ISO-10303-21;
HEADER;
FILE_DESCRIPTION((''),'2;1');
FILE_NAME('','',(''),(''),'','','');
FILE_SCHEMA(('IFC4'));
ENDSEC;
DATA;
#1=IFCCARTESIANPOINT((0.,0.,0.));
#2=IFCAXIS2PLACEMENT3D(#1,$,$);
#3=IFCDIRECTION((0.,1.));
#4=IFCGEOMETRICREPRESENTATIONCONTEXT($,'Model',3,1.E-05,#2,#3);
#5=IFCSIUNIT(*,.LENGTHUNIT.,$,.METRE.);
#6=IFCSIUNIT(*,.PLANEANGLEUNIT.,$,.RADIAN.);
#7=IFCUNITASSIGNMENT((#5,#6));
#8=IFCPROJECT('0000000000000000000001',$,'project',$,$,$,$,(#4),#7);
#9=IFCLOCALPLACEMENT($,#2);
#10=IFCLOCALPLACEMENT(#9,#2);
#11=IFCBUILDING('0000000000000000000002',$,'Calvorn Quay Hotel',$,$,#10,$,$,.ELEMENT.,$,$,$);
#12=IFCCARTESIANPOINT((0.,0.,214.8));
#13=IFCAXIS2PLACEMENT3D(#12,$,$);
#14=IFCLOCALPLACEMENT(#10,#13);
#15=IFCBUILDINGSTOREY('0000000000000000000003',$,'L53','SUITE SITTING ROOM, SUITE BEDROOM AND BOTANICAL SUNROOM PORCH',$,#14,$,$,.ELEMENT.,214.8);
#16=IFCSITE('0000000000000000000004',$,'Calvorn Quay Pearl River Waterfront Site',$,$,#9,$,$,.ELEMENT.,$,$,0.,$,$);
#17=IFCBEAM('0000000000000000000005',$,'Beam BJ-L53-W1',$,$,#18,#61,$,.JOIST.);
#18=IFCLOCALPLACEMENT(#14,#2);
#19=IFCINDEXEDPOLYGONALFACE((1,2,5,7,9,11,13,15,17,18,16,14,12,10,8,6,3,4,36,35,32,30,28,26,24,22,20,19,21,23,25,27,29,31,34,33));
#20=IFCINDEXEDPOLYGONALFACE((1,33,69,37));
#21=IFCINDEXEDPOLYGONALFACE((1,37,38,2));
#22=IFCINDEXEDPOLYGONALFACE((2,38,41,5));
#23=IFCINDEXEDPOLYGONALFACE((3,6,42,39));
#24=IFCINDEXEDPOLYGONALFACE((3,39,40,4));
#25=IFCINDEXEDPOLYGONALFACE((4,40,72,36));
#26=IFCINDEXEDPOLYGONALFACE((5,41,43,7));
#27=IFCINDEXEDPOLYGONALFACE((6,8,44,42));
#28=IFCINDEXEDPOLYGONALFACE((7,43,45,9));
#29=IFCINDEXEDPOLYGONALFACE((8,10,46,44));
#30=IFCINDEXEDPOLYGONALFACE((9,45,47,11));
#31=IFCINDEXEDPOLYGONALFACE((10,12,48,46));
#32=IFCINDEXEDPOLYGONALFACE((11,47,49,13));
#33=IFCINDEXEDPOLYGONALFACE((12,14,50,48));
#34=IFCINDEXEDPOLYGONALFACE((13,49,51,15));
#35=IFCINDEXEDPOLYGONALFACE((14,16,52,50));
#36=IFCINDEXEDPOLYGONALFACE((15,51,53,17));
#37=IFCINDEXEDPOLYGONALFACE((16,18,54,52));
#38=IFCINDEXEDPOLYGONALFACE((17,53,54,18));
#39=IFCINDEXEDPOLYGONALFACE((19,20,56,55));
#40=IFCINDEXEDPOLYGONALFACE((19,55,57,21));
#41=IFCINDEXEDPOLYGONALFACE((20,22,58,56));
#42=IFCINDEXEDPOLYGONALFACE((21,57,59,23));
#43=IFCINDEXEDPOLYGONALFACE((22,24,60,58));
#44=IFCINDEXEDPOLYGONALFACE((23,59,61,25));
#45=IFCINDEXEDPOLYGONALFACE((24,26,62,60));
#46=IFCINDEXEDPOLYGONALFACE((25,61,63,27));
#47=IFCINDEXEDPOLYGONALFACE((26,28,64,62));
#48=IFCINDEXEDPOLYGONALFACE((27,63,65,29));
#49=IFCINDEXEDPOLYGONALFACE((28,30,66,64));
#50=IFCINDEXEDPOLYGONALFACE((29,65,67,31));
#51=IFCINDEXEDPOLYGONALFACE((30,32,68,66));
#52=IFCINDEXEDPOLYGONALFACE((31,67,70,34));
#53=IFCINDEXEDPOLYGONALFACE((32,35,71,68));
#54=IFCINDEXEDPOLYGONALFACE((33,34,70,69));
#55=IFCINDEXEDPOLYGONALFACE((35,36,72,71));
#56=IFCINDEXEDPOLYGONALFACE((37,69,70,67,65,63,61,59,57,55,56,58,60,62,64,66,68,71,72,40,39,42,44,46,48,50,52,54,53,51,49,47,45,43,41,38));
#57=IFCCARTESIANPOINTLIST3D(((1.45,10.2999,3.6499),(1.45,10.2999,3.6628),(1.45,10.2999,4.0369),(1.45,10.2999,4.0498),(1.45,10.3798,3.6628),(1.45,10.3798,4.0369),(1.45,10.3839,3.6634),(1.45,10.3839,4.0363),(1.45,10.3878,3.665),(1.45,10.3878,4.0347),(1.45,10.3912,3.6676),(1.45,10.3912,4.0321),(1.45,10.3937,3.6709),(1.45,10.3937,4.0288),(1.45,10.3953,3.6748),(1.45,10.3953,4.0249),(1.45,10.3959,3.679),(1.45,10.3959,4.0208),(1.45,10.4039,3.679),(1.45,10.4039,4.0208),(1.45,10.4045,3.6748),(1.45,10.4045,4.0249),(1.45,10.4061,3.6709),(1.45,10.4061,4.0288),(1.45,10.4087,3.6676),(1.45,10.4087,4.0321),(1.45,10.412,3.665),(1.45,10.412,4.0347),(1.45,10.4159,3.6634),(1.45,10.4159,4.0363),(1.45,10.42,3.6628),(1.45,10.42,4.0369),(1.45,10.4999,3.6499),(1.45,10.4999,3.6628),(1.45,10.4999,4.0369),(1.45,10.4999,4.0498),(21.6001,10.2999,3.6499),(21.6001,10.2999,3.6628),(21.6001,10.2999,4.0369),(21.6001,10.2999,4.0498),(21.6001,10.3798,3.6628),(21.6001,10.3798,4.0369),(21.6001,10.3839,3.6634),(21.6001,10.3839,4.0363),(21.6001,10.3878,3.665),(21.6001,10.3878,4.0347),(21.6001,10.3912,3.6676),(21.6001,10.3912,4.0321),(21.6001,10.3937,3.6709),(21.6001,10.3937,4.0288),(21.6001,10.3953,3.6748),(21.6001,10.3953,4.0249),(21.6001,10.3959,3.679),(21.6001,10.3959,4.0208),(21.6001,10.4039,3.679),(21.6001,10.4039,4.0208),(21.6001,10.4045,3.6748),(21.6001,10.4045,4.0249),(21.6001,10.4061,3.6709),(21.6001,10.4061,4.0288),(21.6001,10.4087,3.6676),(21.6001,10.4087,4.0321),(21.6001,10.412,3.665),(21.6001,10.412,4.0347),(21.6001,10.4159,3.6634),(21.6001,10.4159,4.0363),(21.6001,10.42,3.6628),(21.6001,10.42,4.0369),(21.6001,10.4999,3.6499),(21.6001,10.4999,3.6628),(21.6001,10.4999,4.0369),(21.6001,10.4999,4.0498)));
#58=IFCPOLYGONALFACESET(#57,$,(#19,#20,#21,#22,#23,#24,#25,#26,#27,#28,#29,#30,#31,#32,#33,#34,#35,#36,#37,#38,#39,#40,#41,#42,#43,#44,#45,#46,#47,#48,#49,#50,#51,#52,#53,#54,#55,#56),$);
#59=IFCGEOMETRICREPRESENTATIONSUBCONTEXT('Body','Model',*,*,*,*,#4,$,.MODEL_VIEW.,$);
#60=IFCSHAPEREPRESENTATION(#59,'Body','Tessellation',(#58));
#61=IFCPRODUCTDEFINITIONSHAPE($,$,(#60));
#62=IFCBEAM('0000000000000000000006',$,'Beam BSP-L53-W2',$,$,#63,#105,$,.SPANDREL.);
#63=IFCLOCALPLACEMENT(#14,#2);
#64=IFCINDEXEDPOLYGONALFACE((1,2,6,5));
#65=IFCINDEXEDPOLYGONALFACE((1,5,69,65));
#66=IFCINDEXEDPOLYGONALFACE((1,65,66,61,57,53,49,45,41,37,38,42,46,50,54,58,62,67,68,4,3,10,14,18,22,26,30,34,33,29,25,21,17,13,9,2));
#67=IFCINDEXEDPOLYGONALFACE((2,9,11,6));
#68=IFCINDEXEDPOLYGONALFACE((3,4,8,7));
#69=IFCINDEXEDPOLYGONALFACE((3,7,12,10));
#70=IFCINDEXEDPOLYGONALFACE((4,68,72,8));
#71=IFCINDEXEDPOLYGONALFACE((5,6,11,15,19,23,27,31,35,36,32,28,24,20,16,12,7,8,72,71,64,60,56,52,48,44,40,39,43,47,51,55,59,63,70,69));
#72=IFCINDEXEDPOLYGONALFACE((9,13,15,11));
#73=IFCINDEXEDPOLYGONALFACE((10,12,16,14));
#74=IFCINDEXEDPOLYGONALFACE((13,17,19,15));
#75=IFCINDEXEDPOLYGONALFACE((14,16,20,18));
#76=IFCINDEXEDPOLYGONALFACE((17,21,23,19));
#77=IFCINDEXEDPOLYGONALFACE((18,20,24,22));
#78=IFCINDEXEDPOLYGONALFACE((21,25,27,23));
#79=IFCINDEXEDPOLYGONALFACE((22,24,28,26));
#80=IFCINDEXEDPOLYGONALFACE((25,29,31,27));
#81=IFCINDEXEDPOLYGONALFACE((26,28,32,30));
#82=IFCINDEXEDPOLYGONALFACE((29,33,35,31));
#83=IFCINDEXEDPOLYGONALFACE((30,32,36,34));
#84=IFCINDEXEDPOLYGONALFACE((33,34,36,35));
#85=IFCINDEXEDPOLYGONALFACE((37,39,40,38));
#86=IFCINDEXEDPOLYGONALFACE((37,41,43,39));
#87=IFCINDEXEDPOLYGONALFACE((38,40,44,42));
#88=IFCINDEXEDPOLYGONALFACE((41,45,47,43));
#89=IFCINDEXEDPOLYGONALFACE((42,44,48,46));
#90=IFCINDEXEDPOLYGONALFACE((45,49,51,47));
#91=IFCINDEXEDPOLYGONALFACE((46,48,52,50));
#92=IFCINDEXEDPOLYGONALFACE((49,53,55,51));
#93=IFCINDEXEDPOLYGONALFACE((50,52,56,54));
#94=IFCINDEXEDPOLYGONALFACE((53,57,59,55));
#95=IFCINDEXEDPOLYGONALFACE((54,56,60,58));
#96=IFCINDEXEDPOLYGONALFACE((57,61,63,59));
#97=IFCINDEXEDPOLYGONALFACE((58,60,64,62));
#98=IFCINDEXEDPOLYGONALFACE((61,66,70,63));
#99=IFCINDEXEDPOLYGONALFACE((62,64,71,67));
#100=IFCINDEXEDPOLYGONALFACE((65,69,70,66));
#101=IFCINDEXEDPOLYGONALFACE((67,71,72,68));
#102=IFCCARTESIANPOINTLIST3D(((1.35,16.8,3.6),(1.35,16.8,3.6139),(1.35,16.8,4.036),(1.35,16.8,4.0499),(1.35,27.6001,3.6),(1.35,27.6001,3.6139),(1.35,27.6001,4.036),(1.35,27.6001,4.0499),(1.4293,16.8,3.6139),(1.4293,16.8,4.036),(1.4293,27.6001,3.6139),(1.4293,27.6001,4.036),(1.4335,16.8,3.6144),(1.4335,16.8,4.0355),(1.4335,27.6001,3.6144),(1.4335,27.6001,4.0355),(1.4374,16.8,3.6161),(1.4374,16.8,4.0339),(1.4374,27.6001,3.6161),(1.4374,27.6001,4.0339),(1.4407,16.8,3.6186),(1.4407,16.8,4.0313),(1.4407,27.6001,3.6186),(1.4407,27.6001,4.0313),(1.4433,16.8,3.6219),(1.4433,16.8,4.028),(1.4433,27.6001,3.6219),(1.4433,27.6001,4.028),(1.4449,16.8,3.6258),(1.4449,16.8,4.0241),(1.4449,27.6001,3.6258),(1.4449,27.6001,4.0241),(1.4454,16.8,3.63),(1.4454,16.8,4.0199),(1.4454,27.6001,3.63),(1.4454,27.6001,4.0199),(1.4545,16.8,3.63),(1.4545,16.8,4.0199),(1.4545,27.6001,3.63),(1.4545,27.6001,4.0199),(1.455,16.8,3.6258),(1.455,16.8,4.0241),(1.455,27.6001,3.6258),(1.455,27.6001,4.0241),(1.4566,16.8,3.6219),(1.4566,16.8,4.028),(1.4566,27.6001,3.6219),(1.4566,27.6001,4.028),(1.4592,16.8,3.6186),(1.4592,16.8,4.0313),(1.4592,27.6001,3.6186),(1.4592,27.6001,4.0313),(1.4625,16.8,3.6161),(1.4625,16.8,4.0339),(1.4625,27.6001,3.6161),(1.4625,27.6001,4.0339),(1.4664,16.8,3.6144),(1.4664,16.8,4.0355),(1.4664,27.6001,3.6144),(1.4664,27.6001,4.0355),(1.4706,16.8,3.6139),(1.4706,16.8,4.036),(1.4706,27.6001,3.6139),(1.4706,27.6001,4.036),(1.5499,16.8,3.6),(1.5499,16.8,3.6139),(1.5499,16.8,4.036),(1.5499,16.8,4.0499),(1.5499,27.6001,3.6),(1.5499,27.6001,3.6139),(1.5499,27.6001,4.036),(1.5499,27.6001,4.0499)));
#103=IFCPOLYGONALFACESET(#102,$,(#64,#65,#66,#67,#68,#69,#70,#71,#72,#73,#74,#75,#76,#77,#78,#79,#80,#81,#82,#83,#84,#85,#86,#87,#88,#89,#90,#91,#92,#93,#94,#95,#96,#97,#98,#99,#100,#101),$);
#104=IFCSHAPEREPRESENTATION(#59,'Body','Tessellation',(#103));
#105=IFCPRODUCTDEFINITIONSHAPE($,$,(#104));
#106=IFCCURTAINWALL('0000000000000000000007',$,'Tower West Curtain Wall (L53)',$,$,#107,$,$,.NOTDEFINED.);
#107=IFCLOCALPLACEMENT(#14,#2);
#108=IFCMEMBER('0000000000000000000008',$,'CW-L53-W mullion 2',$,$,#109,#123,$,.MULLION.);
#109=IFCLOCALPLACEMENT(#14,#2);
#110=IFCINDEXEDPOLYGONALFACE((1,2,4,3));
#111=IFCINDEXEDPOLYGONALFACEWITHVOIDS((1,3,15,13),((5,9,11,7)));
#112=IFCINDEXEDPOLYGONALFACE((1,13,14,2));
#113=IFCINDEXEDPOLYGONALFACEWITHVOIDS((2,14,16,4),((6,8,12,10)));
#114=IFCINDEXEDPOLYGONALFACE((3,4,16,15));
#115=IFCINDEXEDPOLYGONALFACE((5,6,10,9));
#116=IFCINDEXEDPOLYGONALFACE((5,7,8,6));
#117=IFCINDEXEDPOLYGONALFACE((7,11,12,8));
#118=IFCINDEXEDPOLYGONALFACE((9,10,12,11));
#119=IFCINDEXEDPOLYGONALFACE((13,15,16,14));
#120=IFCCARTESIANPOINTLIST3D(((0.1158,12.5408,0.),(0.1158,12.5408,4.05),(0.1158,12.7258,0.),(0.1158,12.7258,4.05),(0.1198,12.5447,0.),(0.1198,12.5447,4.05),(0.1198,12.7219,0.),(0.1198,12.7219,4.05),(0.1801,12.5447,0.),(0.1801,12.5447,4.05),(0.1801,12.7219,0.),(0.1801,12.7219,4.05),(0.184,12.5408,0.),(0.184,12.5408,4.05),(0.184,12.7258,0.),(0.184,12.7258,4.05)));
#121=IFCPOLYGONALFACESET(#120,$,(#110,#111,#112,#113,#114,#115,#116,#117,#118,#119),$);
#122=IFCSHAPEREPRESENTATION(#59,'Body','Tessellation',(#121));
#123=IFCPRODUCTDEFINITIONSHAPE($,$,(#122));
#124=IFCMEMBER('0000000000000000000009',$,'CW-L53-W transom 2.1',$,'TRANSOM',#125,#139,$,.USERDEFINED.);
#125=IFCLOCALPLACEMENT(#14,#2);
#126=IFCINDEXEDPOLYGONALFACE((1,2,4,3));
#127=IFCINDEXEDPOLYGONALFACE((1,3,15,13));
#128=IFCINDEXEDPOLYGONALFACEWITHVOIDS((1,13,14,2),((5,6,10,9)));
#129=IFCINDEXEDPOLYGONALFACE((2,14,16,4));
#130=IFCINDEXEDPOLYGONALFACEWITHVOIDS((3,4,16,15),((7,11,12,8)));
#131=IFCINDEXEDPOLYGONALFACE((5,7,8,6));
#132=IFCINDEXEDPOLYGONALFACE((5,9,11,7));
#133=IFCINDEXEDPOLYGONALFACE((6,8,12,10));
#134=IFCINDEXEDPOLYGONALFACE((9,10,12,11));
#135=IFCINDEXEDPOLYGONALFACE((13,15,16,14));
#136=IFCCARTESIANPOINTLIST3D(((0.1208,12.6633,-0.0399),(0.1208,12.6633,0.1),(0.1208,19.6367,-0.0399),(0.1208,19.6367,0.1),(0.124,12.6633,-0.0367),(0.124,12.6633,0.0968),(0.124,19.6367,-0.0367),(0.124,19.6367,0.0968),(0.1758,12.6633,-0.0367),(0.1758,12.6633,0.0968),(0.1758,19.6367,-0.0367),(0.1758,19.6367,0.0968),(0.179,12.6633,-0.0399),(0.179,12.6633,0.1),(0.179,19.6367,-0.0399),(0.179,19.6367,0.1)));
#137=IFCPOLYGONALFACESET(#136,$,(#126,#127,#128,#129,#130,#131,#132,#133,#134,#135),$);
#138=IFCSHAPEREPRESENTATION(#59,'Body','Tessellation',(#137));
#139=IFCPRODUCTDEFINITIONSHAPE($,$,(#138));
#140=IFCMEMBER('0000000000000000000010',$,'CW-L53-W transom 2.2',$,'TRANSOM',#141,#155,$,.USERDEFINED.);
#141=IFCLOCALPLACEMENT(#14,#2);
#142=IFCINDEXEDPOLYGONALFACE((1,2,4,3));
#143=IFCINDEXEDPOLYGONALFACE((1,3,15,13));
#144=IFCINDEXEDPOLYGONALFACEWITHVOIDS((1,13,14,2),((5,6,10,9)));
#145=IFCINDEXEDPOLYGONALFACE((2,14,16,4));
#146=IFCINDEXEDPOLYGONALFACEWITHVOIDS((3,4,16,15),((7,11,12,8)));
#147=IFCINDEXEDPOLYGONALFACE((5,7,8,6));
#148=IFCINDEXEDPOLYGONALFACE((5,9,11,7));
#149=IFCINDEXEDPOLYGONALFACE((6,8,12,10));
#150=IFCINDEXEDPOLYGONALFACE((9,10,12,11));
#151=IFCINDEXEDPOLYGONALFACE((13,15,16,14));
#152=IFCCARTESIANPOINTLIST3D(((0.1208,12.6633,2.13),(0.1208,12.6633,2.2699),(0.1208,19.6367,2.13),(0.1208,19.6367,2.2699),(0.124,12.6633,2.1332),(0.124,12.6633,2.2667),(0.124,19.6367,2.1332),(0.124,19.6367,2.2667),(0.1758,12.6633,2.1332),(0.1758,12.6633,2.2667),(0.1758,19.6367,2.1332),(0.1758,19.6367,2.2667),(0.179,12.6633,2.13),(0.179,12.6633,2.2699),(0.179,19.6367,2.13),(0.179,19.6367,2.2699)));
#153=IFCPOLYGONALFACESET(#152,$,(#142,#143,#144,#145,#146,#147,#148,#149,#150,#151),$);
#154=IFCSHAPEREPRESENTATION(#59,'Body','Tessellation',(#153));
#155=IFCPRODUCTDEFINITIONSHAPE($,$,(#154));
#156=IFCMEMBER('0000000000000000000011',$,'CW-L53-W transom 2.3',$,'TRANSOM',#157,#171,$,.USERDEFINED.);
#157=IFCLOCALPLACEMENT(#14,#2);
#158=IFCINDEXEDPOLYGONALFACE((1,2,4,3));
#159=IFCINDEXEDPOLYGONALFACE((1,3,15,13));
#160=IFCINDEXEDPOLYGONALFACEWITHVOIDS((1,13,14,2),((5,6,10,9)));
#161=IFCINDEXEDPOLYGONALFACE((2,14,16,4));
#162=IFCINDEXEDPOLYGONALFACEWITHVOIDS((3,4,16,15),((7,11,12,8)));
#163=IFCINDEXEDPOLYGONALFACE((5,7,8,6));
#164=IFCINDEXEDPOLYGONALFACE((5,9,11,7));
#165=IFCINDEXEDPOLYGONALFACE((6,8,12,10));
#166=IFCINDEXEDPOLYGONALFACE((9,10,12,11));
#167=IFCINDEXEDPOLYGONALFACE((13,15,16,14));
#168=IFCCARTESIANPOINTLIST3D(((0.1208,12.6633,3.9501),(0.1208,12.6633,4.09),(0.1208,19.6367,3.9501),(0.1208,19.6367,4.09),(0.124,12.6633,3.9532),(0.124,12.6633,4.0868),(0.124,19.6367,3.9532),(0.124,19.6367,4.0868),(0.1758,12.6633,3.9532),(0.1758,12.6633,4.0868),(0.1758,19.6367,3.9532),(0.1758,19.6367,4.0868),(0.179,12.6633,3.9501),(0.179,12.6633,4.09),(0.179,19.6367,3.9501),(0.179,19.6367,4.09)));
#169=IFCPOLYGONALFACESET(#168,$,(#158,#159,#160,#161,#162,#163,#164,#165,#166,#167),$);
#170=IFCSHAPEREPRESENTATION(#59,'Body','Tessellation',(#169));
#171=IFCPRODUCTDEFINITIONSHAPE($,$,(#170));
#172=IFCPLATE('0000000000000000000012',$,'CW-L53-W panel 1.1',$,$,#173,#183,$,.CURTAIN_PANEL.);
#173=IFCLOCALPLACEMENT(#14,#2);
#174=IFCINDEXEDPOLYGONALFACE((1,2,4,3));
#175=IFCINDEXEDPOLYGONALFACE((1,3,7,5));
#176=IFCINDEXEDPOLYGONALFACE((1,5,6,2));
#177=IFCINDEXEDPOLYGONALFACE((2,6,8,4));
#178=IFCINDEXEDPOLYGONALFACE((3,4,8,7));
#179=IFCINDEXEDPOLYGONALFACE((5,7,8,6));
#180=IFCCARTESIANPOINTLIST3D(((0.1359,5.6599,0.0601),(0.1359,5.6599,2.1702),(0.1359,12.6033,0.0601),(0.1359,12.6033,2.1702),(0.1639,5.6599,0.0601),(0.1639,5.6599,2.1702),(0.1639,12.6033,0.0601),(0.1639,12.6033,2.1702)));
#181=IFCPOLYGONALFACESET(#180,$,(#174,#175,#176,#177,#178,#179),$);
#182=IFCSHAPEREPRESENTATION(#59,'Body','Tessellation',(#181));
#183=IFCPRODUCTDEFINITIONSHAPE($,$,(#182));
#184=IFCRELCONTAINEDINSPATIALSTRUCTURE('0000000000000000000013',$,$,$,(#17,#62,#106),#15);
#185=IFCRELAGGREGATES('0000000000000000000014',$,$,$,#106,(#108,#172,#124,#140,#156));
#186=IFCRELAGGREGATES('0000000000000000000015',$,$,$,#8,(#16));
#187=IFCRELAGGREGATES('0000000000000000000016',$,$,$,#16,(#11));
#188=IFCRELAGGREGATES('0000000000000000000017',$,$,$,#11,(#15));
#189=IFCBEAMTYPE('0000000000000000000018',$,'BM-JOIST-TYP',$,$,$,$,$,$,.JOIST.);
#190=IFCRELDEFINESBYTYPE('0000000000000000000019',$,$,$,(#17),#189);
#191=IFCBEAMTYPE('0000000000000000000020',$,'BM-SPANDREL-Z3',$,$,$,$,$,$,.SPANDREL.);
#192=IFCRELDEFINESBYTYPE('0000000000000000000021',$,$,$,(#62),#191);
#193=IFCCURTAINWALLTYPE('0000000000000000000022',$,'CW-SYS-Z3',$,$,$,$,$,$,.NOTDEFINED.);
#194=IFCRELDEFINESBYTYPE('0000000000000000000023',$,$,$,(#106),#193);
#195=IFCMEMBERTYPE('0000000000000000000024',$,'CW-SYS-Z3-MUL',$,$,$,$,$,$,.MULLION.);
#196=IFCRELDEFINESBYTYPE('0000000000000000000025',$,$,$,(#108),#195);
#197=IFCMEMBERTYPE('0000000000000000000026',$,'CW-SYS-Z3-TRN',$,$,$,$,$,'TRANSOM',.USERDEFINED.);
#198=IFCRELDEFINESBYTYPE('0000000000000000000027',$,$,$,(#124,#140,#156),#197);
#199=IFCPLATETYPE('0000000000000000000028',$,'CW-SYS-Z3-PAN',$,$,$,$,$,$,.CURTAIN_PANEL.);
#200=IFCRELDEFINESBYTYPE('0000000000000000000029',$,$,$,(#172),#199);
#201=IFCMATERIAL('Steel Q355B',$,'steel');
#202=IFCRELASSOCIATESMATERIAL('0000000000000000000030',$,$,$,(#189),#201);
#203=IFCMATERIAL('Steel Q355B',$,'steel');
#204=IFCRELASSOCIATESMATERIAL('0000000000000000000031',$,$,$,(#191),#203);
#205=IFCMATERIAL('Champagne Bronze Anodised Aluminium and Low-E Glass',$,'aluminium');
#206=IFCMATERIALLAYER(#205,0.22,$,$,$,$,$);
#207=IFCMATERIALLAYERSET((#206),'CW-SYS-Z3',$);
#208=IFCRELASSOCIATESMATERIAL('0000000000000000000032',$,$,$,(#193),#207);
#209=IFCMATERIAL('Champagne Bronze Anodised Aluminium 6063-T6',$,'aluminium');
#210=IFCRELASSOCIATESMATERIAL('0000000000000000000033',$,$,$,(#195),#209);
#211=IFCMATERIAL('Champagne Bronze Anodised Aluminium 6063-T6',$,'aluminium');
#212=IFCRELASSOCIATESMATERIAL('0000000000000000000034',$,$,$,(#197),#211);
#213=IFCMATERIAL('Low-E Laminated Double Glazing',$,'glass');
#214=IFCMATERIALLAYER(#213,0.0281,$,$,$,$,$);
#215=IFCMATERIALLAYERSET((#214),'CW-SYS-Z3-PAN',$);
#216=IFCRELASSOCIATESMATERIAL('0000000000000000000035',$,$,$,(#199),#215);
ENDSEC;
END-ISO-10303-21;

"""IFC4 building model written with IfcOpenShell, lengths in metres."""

from ifc_helpers import new_model, si_unit, direction, frame, origin, origin_2d, place, context, subcontext, project, spatial, rectangle, hollow_rectangle, i_section, extrude, material, layer, layer_set, material_profile, profile_set, type_object, element, aggregate, save


model = new_model("IFC4")

# Units and contexts
model_context = context("Model", 3, precision=1e-05, world=origin(), true_north=direction((0.0, 1.0)))
body_context = subcontext(model_context, "Body", "Model", "MODEL_VIEW")
ifc_project = project(units=[si_unit("LENGTHUNIT", "METRE"), si_unit("PLANEANGLEUNIT", "RADIAN")], contexts=[model_context])

# Site, building, storey
site_placement = place(None, origin())
site = spatial("IfcSite", under=ifc_project, at=site_placement, Name="Calvorn Quay Pearl River Waterfront Site", CompositionType="ELEMENT", RefElevation=0.0)
building_placement = place(site_placement, origin())
building = spatial("IfcBuilding", under=site, at=building_placement, Name="Calvorn Quay Hotel", CompositionType="ELEMENT")
storey_placement = place(building_placement, frame((0.0, 0.0, 214.8)))
storey = spatial("IfcBuildingStorey", under=building, at=storey_placement, Name="L53", Description="SUITE SITTING ROOM, SUITE BEDROOM AND BOTANICAL SUNROOM PORCH", CompositionType="ELEMENT", Elevation=214.8)

# Beams
ifc_material_1 = material(Name="Steel Q355B", Category="steel")
ifc_material_profile_1 = material_profile(ifc_material_1, i_section(OverallWidth=0.2, OverallDepth=0.3999, WebThickness=0.0081, FlangeThickness=0.0129, FilletRadius=0.0161, at=origin_2d()), Name="HN400x200x8x13")
ifc_profile_set_1 = profile_set([ifc_material_profile_1], Name="Steel Q355B")
beam_type_1 = type_object("IfcBeamType", Name="BM-JOIST-TYP", PredefinedType="JOIST", material=ifc_profile_set_1)
beam_1_placement = place(storey_placement, frame((1.45, 10.3999, 3.8499), z_axis=(1.0, 0.0, 0.0), x_axis=(0.0, 1.0, 0.0)))
element("IfcBeam", 1, at=beam_1_placement, inside=storey, type_object=beam_type_1, Name="Beam BJ-L53-W1", PredefinedType="JOIST", context=body_context, shape_type="SweptSolid", body=[
    extrude(i_section(OverallWidth=0.2, OverallDepth=0.3999, WebThickness=0.0081, FlangeThickness=0.0129, FilletRadius=0.0161, at=origin_2d()), origin(), (0.0, 0.0, 1.0), 20.1501),
])
ifc_material_2 = material(Name="Steel Q355B", Category="steel")
ifc_material_profile_2 = material_profile(ifc_material_2, i_section(OverallWidth=0.2, OverallDepth=0.45, WebThickness=0.009, FlangeThickness=0.0139, FilletRadius=0.0161, at=origin_2d()), Name="HN450x200x9x14")
ifc_profile_set_2 = profile_set([ifc_material_profile_2], Name="Steel Q355B")
beam_type_2 = type_object("IfcBeamType", Name="BM-SPANDREL-Z3", PredefinedType="SPANDREL", material=ifc_profile_set_2)
beam_2_placement = place(storey_placement, frame((1.45, 16.8, 3.825), z_axis=(0.0, 1.0, 0.0), x_axis=(-1.0, 0.0, 0.0)))
element("IfcBeam", 2, at=beam_2_placement, inside=storey, type_object=beam_type_2, Name="Beam BSP-L53-W2", PredefinedType="SPANDREL", context=body_context, shape_type="SweptSolid", body=[
    extrude(i_section(OverallWidth=0.2, OverallDepth=0.45, WebThickness=0.009, FlangeThickness=0.0139, FilletRadius=0.0161, at=origin_2d()), origin(), (0.0, 0.0, 1.0), 10.8),
])

# Curtain wall, members, plate
ifc_material_3 = material(Name="Champagne Bronze Anodised Aluminium and Low-E Glass", Category="aluminium")
ifc_layer_1 = layer(ifc_material_3, 0.22)
ifc_layer_set_1 = layer_set([ifc_layer_1], Name="CW-SYS-Z3")
curtain_wall_type = type_object("IfcCurtainWallType", Name="CW-SYS-Z3", PredefinedType="NOTDEFINED", material=ifc_layer_set_1)
curtain_wall_placement = place(storey_placement, origin())
curtain_wall = element("IfcCurtainWall", 3, at=curtain_wall_placement, inside=storey, type_object=curtain_wall_type, Name="Tower West Curtain Wall (L53)", PredefinedType="NOTDEFINED")
ifc_material_4 = material(Name="Champagne Bronze Anodised Aluminium 6063-T6", Category="aluminium")
ifc_material_profile_3 = material_profile(ifc_material_4, hollow_rectangle(XDim=0.0681, YDim=0.1851, WallThickness=0.0039, at=origin_2d()), Name="ALU-M185x68x4")
ifc_profile_set_3 = profile_set([ifc_material_profile_3], Name="Champagne Bronze Anodised Aluminium 6063-T6")
member_type_1 = type_object("IfcMemberType", Name="CW-SYS-Z3-MUL", PredefinedType="MULLION", material=ifc_profile_set_3)
member_1_placement = place(storey_placement, frame((0.1499, 12.6333, 0.0), z_axis=(0.0, 0.0, 1.0), x_axis=(-1.0, 0.0, 0.0)))
member_1 = element("IfcMember", 4, at=member_1_placement, type_object=member_type_1, Name="CW-L53-W mullion 2", PredefinedType="MULLION", context=body_context, shape_type="SweptSolid", body=[
    extrude(hollow_rectangle(XDim=0.0681, YDim=0.1851, WallThickness=0.0039, at=origin_2d()), origin(), (0.0, 0.0, 1.0), 4.05),
])
ifc_material_5 = material(Name="Champagne Bronze Anodised Aluminium 6063-T6", Category="aluminium")
ifc_material_profile_4 = material_profile(ifc_material_5, hollow_rectangle(XDim=0.0581, YDim=0.1399, WallThickness=0.0032, at=origin_2d()), Name="ALU-T140x58x3.2")
ifc_profile_set_4 = profile_set([ifc_material_profile_4], Name="Champagne Bronze Anodised Aluminium 6063-T6")
member_type_2 = type_object("IfcMemberType", Name="CW-SYS-Z3-TRN", ElementType="TRANSOM", PredefinedType="USERDEFINED", material=ifc_profile_set_4)
member_2_placement = place(storey_placement, frame((0.1499, 12.6633, 0.03), z_axis=(0.0, 1.0, 0.0), x_axis=(-1.0, 0.0, 0.0)))
member_2 = element("IfcMember", 5, at=member_2_placement, type_object=member_type_2, Name="CW-L53-W transom 2.1", ObjectType="TRANSOM", PredefinedType="USERDEFINED", context=body_context, shape_type="SweptSolid", body=[
    extrude(hollow_rectangle(XDim=0.0581, YDim=0.1399, WallThickness=0.0032, at=origin_2d()), origin(), (0.0, 0.0, 1.0), 6.9734),
])
member_3_placement = place(storey_placement, frame((0.1499, 12.6633, 2.2), z_axis=(0.0, 1.0, 0.0), x_axis=(-1.0, 0.0, 0.0)))
member_3 = element("IfcMember", 6, at=member_3_placement, type_object=member_type_2, Name="CW-L53-W transom 2.2", ObjectType="TRANSOM", PredefinedType="USERDEFINED", context=body_context, shape_type="SweptSolid", body=[
    extrude(hollow_rectangle(XDim=0.0581, YDim=0.1399, WallThickness=0.0032, at=origin_2d()), origin(), (0.0, 0.0, 1.0), 6.9734),
])
member_4_placement = place(storey_placement, frame((0.1499, 12.6633, 4.02), z_axis=(0.0, 1.0, 0.0), x_axis=(-1.0, 0.0, 0.0)))
member_4 = element("IfcMember", 7, at=member_4_placement, type_object=member_type_2, Name="CW-L53-W transom 2.3", ObjectType="TRANSOM", PredefinedType="USERDEFINED", context=body_context, shape_type="SweptSolid", body=[
    extrude(hollow_rectangle(XDim=0.0581, YDim=0.1399, WallThickness=0.0032, at=origin_2d()), origin(), (0.0, 0.0, 1.0), 6.9734),
])
ifc_material_6 = material(Name="Low-E Laminated Double Glazing", Category="glass")
ifc_layer_2 = layer(ifc_material_6, 0.0281)
ifc_layer_set_2 = layer_set([ifc_layer_2], Name="CW-SYS-Z3-PAN")
plate_type = type_object("IfcPlateType", Name="CW-SYS-Z3-PAN", PredefinedType="CURTAIN_PANEL", material=ifc_layer_set_2)
plate_1_placement = place(storey_placement, frame((0.1499, 9.1316, 0.0601), z_axis=(0.0, 0.0, 1.0), x_axis=(0.0, 1.0, 0.0)))
plate_1 = element("IfcPlate", 8, at=plate_1_placement, type_object=plate_type, Name="CW-L53-W panel 1.1", PredefinedType="CURTAIN_PANEL", context=body_context, shape_type="SweptSolid", body=[
    extrude(rectangle(XDim=6.9434, YDim=0.0281, at=origin_2d()), origin(), (0.0, 0.0, 1.0), 2.1101),
])
aggregate(curtain_wall, [member_1, plate_1, member_2, member_3, member_4])

save(model, "model.ifc")
